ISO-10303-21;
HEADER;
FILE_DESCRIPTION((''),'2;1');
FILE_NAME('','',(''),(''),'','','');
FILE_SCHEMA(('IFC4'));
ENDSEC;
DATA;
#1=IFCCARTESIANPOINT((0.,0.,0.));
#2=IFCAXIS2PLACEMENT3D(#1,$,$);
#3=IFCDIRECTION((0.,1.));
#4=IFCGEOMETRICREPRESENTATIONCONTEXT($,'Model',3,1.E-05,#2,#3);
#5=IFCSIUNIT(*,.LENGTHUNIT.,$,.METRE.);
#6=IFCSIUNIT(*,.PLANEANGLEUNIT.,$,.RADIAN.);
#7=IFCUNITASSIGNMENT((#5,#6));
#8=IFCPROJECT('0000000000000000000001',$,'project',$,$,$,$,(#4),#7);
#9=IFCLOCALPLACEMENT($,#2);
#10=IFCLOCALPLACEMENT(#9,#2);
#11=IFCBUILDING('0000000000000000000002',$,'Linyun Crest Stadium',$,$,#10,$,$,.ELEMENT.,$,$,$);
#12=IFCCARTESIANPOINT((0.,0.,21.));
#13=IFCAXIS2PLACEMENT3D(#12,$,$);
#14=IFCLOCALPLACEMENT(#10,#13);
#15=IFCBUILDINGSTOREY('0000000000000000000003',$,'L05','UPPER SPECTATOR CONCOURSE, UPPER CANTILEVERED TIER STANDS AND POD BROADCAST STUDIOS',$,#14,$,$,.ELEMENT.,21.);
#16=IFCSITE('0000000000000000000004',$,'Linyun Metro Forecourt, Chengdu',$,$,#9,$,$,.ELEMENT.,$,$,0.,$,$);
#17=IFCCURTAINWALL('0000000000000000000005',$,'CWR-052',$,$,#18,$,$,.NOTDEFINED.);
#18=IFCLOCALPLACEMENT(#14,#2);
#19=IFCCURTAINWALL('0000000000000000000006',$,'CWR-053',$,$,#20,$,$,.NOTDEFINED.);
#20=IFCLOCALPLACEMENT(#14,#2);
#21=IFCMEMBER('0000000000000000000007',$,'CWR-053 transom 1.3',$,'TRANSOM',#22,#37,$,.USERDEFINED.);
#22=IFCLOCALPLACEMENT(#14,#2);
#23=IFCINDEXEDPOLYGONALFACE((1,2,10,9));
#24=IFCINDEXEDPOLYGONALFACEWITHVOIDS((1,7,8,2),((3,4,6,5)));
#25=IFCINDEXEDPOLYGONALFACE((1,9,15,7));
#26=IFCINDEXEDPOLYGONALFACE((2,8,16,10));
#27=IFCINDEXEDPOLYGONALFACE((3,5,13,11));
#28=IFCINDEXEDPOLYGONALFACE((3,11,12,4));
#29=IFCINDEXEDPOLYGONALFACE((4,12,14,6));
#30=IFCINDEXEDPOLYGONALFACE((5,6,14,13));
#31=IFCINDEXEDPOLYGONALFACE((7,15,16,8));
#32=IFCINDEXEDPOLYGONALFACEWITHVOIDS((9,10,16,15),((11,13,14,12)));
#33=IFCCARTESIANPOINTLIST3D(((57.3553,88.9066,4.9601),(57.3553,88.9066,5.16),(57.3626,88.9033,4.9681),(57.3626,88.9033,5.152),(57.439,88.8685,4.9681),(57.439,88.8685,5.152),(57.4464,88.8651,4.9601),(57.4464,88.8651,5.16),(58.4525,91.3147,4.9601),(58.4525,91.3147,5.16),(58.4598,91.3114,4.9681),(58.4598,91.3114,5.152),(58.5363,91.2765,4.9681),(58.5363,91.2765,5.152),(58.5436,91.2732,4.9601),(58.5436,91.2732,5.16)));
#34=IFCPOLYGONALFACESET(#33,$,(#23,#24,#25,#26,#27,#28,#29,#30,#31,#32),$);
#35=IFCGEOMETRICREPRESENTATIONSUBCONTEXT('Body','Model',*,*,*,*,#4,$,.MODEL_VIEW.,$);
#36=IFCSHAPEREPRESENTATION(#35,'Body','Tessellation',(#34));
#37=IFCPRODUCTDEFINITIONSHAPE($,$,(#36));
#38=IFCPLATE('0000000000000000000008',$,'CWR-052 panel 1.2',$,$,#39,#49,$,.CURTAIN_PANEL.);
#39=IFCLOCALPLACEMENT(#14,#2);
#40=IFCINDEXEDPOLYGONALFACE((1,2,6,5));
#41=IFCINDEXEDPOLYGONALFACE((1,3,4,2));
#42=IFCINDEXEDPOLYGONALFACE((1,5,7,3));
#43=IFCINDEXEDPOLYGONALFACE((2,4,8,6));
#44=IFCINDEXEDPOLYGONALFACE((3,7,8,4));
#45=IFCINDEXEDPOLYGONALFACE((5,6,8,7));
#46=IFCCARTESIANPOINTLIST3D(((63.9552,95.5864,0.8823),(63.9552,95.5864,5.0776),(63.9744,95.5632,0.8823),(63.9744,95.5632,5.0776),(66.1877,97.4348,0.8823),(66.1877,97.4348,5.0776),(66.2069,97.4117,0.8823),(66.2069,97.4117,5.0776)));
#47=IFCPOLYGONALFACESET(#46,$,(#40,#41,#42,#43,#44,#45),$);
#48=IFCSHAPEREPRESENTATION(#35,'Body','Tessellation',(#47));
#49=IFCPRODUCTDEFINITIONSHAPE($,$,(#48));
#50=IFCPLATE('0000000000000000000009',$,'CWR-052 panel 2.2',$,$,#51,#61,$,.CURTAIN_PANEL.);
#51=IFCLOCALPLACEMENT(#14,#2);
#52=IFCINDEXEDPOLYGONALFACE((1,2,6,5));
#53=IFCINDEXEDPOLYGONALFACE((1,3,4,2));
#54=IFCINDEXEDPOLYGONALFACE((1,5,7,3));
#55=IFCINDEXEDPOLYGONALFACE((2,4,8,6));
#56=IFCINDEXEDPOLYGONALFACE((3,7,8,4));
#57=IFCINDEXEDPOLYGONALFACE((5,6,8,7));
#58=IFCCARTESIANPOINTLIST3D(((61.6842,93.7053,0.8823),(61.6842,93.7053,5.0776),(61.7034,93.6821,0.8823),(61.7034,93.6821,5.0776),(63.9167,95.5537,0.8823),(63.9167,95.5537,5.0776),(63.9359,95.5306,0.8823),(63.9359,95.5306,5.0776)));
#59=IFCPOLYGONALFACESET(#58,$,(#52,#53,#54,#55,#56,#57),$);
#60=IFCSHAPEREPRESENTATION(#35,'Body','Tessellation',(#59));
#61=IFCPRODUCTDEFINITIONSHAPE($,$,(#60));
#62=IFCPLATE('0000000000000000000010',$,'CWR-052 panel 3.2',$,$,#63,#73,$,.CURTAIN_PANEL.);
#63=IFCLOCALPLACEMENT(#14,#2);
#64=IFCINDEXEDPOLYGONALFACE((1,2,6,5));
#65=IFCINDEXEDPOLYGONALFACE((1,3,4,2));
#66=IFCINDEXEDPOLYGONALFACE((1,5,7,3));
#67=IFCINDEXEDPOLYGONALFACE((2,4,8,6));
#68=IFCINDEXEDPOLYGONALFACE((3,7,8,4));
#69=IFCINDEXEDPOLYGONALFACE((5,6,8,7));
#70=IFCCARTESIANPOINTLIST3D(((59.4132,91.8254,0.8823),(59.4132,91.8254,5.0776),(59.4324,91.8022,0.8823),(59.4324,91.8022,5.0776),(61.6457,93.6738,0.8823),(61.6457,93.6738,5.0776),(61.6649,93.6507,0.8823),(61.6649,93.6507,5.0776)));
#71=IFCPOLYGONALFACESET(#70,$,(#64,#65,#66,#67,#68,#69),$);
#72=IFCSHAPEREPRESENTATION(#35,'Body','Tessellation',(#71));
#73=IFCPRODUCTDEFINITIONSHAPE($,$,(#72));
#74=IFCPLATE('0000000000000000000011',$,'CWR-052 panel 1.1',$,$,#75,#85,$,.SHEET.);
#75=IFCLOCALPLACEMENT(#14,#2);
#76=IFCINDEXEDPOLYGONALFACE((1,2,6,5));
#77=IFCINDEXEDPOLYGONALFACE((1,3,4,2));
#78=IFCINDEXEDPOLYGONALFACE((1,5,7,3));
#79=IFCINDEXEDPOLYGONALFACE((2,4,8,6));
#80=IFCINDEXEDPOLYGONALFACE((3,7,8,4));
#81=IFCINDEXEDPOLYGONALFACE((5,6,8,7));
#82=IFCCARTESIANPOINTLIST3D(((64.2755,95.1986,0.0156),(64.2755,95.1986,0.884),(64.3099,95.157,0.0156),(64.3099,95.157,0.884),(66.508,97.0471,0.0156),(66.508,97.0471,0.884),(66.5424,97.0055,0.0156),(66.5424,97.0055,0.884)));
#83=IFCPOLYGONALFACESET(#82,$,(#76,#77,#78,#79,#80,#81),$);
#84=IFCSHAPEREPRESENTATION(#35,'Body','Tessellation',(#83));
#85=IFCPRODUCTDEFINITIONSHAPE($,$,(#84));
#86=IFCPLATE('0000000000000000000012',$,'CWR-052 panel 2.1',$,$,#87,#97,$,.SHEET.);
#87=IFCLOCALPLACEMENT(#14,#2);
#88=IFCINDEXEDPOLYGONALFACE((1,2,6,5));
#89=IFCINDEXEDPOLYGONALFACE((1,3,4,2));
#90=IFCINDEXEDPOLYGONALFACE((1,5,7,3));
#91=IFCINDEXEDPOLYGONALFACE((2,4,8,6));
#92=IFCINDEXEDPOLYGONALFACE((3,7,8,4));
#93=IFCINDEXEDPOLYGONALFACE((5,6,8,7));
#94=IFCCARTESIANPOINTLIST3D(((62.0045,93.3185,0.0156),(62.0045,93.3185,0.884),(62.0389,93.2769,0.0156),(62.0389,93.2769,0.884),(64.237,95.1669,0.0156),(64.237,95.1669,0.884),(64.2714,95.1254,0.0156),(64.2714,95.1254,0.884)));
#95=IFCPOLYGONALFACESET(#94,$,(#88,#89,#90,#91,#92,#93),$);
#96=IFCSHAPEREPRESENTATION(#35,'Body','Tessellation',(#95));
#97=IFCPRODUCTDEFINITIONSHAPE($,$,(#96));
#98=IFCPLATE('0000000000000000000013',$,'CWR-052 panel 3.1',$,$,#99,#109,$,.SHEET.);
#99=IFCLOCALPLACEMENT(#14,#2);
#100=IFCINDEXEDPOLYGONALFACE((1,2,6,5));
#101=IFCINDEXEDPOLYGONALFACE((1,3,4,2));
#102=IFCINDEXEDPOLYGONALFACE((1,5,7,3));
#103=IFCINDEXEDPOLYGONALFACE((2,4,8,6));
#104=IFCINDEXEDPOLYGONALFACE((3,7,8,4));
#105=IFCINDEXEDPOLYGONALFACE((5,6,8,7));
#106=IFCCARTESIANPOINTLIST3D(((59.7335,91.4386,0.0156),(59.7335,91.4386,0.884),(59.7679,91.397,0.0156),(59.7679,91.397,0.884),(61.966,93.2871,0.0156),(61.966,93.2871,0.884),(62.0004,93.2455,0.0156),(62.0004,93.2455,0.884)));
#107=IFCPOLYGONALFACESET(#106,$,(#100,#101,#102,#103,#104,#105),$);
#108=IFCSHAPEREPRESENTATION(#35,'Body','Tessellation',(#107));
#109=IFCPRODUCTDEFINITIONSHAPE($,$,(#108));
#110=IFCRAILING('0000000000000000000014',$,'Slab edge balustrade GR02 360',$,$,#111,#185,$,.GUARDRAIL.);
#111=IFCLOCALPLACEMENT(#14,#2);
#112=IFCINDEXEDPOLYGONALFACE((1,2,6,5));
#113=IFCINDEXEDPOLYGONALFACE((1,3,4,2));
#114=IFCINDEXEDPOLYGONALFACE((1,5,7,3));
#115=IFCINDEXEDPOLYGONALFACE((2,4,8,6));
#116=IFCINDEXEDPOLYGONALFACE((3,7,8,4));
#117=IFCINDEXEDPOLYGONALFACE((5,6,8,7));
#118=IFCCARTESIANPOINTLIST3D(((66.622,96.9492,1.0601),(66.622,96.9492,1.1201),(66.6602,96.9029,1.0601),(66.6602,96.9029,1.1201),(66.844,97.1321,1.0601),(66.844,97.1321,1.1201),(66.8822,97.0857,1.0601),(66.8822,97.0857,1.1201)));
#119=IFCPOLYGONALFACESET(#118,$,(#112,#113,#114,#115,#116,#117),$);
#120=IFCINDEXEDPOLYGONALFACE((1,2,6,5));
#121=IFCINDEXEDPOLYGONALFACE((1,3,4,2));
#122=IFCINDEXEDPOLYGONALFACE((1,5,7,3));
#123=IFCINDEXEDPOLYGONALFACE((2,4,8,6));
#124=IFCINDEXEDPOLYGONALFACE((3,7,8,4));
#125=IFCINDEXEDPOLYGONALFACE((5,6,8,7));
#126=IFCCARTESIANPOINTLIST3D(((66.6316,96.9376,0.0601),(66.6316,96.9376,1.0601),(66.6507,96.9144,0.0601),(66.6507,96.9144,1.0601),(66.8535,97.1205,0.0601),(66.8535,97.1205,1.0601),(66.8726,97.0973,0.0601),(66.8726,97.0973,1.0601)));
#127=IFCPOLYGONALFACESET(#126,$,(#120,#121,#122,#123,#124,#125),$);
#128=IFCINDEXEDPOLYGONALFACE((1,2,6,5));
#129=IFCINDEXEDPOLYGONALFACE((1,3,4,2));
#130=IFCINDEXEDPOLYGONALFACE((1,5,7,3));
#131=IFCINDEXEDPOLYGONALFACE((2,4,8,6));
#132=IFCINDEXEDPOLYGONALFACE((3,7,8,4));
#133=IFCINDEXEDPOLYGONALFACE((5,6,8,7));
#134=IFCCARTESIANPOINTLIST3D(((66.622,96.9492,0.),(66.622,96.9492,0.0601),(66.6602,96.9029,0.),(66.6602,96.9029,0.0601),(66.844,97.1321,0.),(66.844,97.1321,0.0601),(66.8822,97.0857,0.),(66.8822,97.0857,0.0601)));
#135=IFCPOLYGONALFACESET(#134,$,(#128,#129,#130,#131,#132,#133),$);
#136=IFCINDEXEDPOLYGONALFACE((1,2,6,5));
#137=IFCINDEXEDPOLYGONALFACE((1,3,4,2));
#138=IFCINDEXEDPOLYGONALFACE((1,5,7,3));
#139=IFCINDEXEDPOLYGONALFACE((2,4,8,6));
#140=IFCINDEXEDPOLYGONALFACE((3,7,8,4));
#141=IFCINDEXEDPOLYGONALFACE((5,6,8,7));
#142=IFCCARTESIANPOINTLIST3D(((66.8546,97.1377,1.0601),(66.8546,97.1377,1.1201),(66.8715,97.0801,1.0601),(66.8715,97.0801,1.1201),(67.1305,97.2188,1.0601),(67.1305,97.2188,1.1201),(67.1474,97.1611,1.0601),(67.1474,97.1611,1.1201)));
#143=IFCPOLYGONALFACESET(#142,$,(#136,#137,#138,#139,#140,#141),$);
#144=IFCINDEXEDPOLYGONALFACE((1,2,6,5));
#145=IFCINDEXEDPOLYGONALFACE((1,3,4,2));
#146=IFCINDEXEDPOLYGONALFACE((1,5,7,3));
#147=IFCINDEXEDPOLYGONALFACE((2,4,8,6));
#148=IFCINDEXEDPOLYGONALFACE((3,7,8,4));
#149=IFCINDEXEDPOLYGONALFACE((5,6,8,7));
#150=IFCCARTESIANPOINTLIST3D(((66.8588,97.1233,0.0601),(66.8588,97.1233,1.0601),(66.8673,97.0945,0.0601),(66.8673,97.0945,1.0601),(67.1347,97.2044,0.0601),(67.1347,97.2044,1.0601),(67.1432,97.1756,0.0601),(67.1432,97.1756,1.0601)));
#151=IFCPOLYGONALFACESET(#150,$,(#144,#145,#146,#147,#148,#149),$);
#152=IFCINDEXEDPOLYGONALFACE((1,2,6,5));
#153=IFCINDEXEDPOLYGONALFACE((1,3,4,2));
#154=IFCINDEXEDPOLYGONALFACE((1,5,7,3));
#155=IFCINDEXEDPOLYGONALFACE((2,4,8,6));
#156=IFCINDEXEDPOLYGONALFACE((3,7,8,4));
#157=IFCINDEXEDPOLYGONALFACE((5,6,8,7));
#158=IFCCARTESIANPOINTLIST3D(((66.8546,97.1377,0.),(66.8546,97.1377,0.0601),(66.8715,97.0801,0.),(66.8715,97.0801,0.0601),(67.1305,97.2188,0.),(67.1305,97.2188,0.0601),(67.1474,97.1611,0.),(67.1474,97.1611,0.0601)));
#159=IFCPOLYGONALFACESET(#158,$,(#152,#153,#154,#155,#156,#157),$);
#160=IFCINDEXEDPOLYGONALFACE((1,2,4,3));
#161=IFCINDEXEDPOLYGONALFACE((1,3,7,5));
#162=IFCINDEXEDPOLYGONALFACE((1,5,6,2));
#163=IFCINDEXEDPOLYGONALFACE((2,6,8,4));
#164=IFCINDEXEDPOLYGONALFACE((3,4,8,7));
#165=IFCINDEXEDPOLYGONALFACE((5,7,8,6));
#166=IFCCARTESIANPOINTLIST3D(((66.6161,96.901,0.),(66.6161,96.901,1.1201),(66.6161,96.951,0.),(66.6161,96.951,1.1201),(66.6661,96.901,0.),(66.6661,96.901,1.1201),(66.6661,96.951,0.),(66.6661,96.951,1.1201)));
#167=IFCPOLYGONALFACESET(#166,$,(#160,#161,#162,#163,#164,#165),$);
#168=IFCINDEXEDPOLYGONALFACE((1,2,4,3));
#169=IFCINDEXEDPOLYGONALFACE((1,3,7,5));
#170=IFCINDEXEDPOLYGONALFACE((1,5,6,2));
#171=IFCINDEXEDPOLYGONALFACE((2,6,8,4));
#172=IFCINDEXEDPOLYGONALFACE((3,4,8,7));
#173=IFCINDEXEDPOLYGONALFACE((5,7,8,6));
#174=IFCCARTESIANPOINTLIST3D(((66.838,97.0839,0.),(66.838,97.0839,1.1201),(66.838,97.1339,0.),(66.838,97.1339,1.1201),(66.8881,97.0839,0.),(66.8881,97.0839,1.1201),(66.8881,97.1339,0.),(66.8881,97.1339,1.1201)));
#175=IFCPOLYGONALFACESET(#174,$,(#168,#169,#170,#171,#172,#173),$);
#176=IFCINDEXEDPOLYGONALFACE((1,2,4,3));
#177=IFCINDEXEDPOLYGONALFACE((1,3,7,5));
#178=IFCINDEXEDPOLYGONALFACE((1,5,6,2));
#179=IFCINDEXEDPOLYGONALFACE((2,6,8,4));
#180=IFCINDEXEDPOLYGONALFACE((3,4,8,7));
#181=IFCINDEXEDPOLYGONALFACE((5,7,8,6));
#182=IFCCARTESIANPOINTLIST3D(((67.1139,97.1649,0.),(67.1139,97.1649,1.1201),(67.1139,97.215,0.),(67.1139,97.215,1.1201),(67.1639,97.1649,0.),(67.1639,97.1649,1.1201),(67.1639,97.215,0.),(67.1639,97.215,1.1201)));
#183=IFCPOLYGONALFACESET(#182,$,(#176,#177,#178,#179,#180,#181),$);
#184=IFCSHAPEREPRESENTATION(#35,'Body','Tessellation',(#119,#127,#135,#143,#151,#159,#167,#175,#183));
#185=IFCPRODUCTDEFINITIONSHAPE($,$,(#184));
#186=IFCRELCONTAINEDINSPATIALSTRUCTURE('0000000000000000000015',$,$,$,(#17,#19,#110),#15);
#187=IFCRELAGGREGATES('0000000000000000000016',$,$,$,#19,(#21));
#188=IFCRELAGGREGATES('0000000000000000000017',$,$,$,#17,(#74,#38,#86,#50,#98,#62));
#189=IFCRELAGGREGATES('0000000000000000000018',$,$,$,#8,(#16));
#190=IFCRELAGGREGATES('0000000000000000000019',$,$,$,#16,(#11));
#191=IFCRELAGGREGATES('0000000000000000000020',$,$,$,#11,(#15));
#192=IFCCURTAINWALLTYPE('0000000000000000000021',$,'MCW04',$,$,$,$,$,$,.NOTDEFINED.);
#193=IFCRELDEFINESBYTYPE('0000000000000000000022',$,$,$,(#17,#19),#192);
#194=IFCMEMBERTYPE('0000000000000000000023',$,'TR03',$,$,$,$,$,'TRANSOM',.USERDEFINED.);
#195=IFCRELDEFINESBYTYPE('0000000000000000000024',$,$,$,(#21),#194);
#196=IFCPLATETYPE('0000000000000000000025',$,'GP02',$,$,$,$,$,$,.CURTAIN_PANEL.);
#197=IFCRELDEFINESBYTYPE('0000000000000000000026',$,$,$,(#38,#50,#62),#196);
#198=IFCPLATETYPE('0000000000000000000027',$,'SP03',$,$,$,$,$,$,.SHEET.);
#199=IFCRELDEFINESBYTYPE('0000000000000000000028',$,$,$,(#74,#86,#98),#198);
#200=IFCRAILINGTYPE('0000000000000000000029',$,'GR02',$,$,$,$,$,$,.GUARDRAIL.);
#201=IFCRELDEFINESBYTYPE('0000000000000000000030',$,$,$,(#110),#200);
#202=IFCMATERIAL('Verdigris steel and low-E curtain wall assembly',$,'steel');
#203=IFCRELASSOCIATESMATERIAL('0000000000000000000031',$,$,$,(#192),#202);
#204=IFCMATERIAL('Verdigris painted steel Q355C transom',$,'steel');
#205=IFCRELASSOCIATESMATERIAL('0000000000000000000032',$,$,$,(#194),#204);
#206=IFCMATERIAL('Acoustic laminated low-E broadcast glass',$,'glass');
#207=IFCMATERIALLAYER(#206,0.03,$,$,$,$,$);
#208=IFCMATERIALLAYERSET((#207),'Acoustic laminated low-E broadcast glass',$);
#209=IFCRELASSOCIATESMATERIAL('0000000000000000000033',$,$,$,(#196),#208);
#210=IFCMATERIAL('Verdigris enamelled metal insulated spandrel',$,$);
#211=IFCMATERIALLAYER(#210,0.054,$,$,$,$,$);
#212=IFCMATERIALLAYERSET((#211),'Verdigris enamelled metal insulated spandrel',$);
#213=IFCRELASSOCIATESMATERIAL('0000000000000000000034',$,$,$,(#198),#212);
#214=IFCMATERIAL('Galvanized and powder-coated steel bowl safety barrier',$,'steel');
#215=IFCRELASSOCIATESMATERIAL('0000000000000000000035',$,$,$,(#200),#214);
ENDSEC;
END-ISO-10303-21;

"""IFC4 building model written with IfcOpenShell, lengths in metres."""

from ifc_helpers import new_model, si_unit, direction, frame, origin, origin_2d, place, context, subcontext, project, spatial, rectangle, hollow_rectangle, extrude, material, layer, layer_set, material_profile, profile_set, type_object, element, aggregate, save


model = new_model("IFC4")

# Units and contexts
model_context = context("Model", 3, precision=1e-05, world=origin(), true_north=direction((0.0, 1.0)))
body_context = subcontext(model_context, "Body", "Model", "MODEL_VIEW")
ifc_project = project(units=[si_unit("LENGTHUNIT", "METRE"), si_unit("PLANEANGLEUNIT", "RADIAN")], contexts=[model_context])

# Site, building, storey
site_placement = place(None, origin())
site = spatial("IfcSite", under=ifc_project, at=site_placement, Name="Linyun Metro Forecourt, Chengdu", CompositionType="ELEMENT", RefElevation=0.0)
building_placement = place(site_placement, origin())
building = spatial("IfcBuilding", under=site, at=building_placement, Name="Linyun Crest Stadium", CompositionType="ELEMENT")
storey_placement = place(building_placement, frame((0.0, 0.0, 21.0)))
storey = spatial("IfcBuildingStorey", under=building, at=storey_placement, Name="L05", Description="UPPER SPECTATOR CONCOURSE, UPPER CANTILEVERED TIER STANDS AND POD BROADCAST STUDIOS", CompositionType="ELEMENT", Elevation=21.0)

# Curtain walls, member
ifc_material_1 = material(Name="Verdigris steel and low-E curtain wall assembly", Category="steel")
curtain_wall_type = type_object("IfcCurtainWallType", Name="MCW04", PredefinedType="NOTDEFINED", material=ifc_material_1)
curtain_wall_1_placement = place(storey_placement, origin())
curtain_wall_1 = element("IfcCurtainWall", 1, at=curtain_wall_1_placement, inside=storey, type_object=curtain_wall_type, Name="CWR-052", PredefinedType="NOTDEFINED")
ifc_material_2 = material(Name="Verdigris painted steel Q355C transom", Category="steel")
ifc_material_profile_1 = material_profile(ifc_material_2, hollow_rectangle(XDim=0.1001, YDim=0.2, WallThickness=0.0081, at=origin_2d()), Name="RHS 200x100x8")
ifc_profile_set_1 = profile_set([ifc_material_profile_1], Name="Verdigris painted steel Q355C transom")
member_type_1 = type_object("IfcMemberType", Name="TR03", ElementType="TRANSOM", PredefinedType="USERDEFINED", material=ifc_profile_set_1)
curtain_wall_2_placement = place(storey_placement, origin())
curtain_wall_2 = element("IfcCurtainWall", 2, at=curtain_wall_2_placement, inside=storey, type_object=curtain_wall_type, Name="CWR-053", PredefinedType="NOTDEFINED")
member_1_placement = place(storey_placement, frame((58.498, 91.2939, 5.0601), z_axis=(-0.41463, -0.90999, 0.0), x_axis=(0.90999, -0.41463, 0.0)))
member_1 = element("IfcMember", 3, at=member_1_placement, type_object=member_type_1, Name="CWR-053 transom 1.3", ObjectType="TRANSOM", PredefinedType="USERDEFINED", context=body_context, shape_type="SweptSolid", body=[
    extrude(hollow_rectangle(XDim=0.1001, YDim=0.2, WallThickness=0.0081, at=origin_2d()), origin(), (0.0, 0.0, 1.0), 2.6462),
])
aggregate(curtain_wall_2, [member_1])

# Plates
ifc_material_3 = material(Name="Acoustic laminated low-E broadcast glass", Category="glass")
ifc_layer_1 = layer(ifc_material_3, 0.03)
ifc_layer_set_1 = layer_set([ifc_layer_1], Name="Acoustic laminated low-E broadcast glass")
plate_type_1 = type_object("IfcPlateType", Name="GP02", PredefinedType="CURTAIN_PANEL", material=ifc_layer_set_1)
plate_1_placement = place(storey_placement, frame((65.0811, 96.499, 0.8823), z_axis=(0.0, 0.0, 1.0), x_axis=(-0.770246, -0.637747, 0.0)))
plate_1 = element("IfcPlate", 4, at=plate_1_placement, type_object=plate_type_1, Name="CWR-052 panel 1.2", PredefinedType="CURTAIN_PANEL", context=body_context, shape_type="SweptSolid", body=[
    extrude(rectangle(XDim=2.8984, YDim=0.03, at=origin_2d()), origin(), (0.0, 0.0, 1.0), 4.1953),
])
plate_2_placement = place(storey_placement, frame((62.8101, 94.6179, 0.8823), z_axis=(0.0, 0.0, 1.0), x_axis=(-0.770246, -0.637747, 0.0)))
plate_2 = element("IfcPlate", 5, at=plate_2_placement, type_object=plate_type_1, Name="CWR-052 panel 2.2", PredefinedType="CURTAIN_PANEL", context=body_context, shape_type="SweptSolid", body=[
    extrude(rectangle(XDim=2.8984, YDim=0.03, at=origin_2d()), origin(), (0.0, 0.0, 1.0), 4.1953),
])
plate_3_placement = place(storey_placement, frame((60.5391, 92.738, 0.8823), z_axis=(0.0, 0.0, 1.0), x_axis=(-0.770246, -0.637747, 0.0)))
plate_3 = element("IfcPlate", 6, at=plate_3_placement, type_object=plate_type_1, Name="CWR-052 panel 3.2", PredefinedType="CURTAIN_PANEL", context=body_context, shape_type="SweptSolid", body=[
    extrude(rectangle(XDim=2.8984, YDim=0.03, at=origin_2d()), origin(), (0.0, 0.0, 1.0), 4.1953),
])
ifc_material_4 = material(Name="Verdigris enamelled metal insulated spandrel")
ifc_layer_2 = layer(ifc_material_4, 0.054)
ifc_layer_set_2 = layer_set([ifc_layer_2], Name="Verdigris enamelled metal insulated spandrel")
plate_type_2 = type_object("IfcPlateType", Name="SP03", PredefinedType="SHEET", material=ifc_layer_set_2)
plate_4_placement = place(storey_placement, frame((65.4089, 96.1021, 0.0156), z_axis=(0.0, 0.0, 1.0), x_axis=(-0.770246, -0.637747, 0.0)))
plate_4 = element("IfcPlate", 7, at=plate_4_placement, type_object=plate_type_2, Name="CWR-052 panel 1.1", PredefinedType="SHEET", context=body_context, shape_type="SweptSolid", body=[
    extrude(rectangle(XDim=2.8984, YDim=0.054, at=origin_2d()), origin(), (0.0, 0.0, 1.0), 0.8684),
])
plate_5_placement = place(storey_placement, frame((63.1379, 94.2219, 0.0156), z_axis=(0.0, 0.0, 1.0), x_axis=(-0.770246, -0.637747, 0.0)))
plate_5 = element("IfcPlate", 8, at=plate_5_placement, type_object=plate_type_2, Name="CWR-052 panel 2.1", PredefinedType="SHEET", context=body_context, shape_type="SweptSolid", body=[
    extrude(rectangle(XDim=2.8984, YDim=0.054, at=origin_2d()), origin(), (0.0, 0.0, 1.0), 0.8684),
])
plate_6_placement = place(storey_placement, frame((60.8669, 92.342, 0.0156), z_axis=(0.0, 0.0, 1.0), x_axis=(-0.770246, -0.637747, 0.0)))
plate_6 = element("IfcPlate", 9, at=plate_6_placement, type_object=plate_type_2, Name="CWR-052 panel 3.1", PredefinedType="SHEET", context=body_context, shape_type="SweptSolid", body=[
    extrude(rectangle(XDim=2.8984, YDim=0.054, at=origin_2d()), origin(), (0.0, 0.0, 1.0), 0.8684),
])
aggregate(curtain_wall_1, [plate_4, plate_1, plate_5, plate_2, plate_6, plate_3])

# Railing
ifc_material_5 = material(Name="Galvanized and powder-coated steel bowl safety barrier", Category="steel")
railing_type = type_object("IfcRailingType", Name="GR02", PredefinedType="GUARDRAIL", material=ifc_material_5)
railing_placement = place(storey_placement, frame((66.6411, 96.926, 0.0)))
element("IfcRailing", 10, at=railing_placement, inside=storey, type_object=railing_type, Name="Slab edge balustrade GR02 360", PredefinedType="GUARDRAIL", context=body_context, shape_type="SweptSolid", body=[
    extrude(rectangle(XDim=0.0601, YDim=0.0601, at=origin_2d()), frame((0.0, 0.0, 1.0901), z_axis=(0.771759, 0.635916, 0.0), x_axis=(-0.635916, 0.771759, 0.0)), (0.0, 0.0, 1.0), 0.2876),
    extrude(rectangle(XDim=0.03, YDim=1.0, at=origin_2d()), frame((0.0, 0.0, 0.5601), z_axis=(0.771759, 0.635916, 0.0), x_axis=(-0.635916, 0.771759, 0.0)), (0.0, 0.0, 1.0), 0.2876),
    extrude(rectangle(XDim=0.0601, YDim=0.0601, at=origin_2d()), frame((0.0, 0.0, 0.03), z_axis=(0.771759, 0.635916, 0.0), x_axis=(-0.635916, 0.771759, 0.0)), (0.0, 0.0, 1.0), 0.2876),
    extrude(rectangle(XDim=0.0601, YDim=0.0601, at=origin_2d()), frame((0.2219, 0.1829, 1.0901), z_axis=(0.959447, 0.281891, 0.0), x_axis=(-0.281891, 0.959447, 0.0)), (0.0, 0.0, 1.0), 0.2876),
    extrude(rectangle(XDim=0.03, YDim=1.0, at=origin_2d()), frame((0.2219, 0.1829, 0.5601), z_axis=(0.959447, 0.281891, 0.0), x_axis=(-0.281891, 0.959447, 0.0)), (0.0, 0.0, 1.0), 0.2876),
    extrude(rectangle(XDim=0.0601, YDim=0.0601, at=origin_2d()), frame((0.2219, 0.1829, 0.03), z_axis=(0.959447, 0.281891, 0.0), x_axis=(-0.281891, 0.959447, 0.0)), (0.0, 0.0, 1.0), 0.2876),
    extrude(rectangle(XDim=0.05, YDim=0.05, at=origin_2d()), origin(), (0.0, 0.0, 1.0), 1.1201),
    extrude(rectangle(XDim=0.05, YDim=0.05, at=origin_2d()), frame((0.2219, 0.1829, 0.0)), (0.0, 0.0, 1.0), 1.1201),
    extrude(rectangle(XDim=0.05, YDim=0.05, at=origin_2d()), frame((0.4978, 0.2639, 0.0)), (0.0, 0.0, 1.0), 1.1201),
])

save(model, "model.ifc")
